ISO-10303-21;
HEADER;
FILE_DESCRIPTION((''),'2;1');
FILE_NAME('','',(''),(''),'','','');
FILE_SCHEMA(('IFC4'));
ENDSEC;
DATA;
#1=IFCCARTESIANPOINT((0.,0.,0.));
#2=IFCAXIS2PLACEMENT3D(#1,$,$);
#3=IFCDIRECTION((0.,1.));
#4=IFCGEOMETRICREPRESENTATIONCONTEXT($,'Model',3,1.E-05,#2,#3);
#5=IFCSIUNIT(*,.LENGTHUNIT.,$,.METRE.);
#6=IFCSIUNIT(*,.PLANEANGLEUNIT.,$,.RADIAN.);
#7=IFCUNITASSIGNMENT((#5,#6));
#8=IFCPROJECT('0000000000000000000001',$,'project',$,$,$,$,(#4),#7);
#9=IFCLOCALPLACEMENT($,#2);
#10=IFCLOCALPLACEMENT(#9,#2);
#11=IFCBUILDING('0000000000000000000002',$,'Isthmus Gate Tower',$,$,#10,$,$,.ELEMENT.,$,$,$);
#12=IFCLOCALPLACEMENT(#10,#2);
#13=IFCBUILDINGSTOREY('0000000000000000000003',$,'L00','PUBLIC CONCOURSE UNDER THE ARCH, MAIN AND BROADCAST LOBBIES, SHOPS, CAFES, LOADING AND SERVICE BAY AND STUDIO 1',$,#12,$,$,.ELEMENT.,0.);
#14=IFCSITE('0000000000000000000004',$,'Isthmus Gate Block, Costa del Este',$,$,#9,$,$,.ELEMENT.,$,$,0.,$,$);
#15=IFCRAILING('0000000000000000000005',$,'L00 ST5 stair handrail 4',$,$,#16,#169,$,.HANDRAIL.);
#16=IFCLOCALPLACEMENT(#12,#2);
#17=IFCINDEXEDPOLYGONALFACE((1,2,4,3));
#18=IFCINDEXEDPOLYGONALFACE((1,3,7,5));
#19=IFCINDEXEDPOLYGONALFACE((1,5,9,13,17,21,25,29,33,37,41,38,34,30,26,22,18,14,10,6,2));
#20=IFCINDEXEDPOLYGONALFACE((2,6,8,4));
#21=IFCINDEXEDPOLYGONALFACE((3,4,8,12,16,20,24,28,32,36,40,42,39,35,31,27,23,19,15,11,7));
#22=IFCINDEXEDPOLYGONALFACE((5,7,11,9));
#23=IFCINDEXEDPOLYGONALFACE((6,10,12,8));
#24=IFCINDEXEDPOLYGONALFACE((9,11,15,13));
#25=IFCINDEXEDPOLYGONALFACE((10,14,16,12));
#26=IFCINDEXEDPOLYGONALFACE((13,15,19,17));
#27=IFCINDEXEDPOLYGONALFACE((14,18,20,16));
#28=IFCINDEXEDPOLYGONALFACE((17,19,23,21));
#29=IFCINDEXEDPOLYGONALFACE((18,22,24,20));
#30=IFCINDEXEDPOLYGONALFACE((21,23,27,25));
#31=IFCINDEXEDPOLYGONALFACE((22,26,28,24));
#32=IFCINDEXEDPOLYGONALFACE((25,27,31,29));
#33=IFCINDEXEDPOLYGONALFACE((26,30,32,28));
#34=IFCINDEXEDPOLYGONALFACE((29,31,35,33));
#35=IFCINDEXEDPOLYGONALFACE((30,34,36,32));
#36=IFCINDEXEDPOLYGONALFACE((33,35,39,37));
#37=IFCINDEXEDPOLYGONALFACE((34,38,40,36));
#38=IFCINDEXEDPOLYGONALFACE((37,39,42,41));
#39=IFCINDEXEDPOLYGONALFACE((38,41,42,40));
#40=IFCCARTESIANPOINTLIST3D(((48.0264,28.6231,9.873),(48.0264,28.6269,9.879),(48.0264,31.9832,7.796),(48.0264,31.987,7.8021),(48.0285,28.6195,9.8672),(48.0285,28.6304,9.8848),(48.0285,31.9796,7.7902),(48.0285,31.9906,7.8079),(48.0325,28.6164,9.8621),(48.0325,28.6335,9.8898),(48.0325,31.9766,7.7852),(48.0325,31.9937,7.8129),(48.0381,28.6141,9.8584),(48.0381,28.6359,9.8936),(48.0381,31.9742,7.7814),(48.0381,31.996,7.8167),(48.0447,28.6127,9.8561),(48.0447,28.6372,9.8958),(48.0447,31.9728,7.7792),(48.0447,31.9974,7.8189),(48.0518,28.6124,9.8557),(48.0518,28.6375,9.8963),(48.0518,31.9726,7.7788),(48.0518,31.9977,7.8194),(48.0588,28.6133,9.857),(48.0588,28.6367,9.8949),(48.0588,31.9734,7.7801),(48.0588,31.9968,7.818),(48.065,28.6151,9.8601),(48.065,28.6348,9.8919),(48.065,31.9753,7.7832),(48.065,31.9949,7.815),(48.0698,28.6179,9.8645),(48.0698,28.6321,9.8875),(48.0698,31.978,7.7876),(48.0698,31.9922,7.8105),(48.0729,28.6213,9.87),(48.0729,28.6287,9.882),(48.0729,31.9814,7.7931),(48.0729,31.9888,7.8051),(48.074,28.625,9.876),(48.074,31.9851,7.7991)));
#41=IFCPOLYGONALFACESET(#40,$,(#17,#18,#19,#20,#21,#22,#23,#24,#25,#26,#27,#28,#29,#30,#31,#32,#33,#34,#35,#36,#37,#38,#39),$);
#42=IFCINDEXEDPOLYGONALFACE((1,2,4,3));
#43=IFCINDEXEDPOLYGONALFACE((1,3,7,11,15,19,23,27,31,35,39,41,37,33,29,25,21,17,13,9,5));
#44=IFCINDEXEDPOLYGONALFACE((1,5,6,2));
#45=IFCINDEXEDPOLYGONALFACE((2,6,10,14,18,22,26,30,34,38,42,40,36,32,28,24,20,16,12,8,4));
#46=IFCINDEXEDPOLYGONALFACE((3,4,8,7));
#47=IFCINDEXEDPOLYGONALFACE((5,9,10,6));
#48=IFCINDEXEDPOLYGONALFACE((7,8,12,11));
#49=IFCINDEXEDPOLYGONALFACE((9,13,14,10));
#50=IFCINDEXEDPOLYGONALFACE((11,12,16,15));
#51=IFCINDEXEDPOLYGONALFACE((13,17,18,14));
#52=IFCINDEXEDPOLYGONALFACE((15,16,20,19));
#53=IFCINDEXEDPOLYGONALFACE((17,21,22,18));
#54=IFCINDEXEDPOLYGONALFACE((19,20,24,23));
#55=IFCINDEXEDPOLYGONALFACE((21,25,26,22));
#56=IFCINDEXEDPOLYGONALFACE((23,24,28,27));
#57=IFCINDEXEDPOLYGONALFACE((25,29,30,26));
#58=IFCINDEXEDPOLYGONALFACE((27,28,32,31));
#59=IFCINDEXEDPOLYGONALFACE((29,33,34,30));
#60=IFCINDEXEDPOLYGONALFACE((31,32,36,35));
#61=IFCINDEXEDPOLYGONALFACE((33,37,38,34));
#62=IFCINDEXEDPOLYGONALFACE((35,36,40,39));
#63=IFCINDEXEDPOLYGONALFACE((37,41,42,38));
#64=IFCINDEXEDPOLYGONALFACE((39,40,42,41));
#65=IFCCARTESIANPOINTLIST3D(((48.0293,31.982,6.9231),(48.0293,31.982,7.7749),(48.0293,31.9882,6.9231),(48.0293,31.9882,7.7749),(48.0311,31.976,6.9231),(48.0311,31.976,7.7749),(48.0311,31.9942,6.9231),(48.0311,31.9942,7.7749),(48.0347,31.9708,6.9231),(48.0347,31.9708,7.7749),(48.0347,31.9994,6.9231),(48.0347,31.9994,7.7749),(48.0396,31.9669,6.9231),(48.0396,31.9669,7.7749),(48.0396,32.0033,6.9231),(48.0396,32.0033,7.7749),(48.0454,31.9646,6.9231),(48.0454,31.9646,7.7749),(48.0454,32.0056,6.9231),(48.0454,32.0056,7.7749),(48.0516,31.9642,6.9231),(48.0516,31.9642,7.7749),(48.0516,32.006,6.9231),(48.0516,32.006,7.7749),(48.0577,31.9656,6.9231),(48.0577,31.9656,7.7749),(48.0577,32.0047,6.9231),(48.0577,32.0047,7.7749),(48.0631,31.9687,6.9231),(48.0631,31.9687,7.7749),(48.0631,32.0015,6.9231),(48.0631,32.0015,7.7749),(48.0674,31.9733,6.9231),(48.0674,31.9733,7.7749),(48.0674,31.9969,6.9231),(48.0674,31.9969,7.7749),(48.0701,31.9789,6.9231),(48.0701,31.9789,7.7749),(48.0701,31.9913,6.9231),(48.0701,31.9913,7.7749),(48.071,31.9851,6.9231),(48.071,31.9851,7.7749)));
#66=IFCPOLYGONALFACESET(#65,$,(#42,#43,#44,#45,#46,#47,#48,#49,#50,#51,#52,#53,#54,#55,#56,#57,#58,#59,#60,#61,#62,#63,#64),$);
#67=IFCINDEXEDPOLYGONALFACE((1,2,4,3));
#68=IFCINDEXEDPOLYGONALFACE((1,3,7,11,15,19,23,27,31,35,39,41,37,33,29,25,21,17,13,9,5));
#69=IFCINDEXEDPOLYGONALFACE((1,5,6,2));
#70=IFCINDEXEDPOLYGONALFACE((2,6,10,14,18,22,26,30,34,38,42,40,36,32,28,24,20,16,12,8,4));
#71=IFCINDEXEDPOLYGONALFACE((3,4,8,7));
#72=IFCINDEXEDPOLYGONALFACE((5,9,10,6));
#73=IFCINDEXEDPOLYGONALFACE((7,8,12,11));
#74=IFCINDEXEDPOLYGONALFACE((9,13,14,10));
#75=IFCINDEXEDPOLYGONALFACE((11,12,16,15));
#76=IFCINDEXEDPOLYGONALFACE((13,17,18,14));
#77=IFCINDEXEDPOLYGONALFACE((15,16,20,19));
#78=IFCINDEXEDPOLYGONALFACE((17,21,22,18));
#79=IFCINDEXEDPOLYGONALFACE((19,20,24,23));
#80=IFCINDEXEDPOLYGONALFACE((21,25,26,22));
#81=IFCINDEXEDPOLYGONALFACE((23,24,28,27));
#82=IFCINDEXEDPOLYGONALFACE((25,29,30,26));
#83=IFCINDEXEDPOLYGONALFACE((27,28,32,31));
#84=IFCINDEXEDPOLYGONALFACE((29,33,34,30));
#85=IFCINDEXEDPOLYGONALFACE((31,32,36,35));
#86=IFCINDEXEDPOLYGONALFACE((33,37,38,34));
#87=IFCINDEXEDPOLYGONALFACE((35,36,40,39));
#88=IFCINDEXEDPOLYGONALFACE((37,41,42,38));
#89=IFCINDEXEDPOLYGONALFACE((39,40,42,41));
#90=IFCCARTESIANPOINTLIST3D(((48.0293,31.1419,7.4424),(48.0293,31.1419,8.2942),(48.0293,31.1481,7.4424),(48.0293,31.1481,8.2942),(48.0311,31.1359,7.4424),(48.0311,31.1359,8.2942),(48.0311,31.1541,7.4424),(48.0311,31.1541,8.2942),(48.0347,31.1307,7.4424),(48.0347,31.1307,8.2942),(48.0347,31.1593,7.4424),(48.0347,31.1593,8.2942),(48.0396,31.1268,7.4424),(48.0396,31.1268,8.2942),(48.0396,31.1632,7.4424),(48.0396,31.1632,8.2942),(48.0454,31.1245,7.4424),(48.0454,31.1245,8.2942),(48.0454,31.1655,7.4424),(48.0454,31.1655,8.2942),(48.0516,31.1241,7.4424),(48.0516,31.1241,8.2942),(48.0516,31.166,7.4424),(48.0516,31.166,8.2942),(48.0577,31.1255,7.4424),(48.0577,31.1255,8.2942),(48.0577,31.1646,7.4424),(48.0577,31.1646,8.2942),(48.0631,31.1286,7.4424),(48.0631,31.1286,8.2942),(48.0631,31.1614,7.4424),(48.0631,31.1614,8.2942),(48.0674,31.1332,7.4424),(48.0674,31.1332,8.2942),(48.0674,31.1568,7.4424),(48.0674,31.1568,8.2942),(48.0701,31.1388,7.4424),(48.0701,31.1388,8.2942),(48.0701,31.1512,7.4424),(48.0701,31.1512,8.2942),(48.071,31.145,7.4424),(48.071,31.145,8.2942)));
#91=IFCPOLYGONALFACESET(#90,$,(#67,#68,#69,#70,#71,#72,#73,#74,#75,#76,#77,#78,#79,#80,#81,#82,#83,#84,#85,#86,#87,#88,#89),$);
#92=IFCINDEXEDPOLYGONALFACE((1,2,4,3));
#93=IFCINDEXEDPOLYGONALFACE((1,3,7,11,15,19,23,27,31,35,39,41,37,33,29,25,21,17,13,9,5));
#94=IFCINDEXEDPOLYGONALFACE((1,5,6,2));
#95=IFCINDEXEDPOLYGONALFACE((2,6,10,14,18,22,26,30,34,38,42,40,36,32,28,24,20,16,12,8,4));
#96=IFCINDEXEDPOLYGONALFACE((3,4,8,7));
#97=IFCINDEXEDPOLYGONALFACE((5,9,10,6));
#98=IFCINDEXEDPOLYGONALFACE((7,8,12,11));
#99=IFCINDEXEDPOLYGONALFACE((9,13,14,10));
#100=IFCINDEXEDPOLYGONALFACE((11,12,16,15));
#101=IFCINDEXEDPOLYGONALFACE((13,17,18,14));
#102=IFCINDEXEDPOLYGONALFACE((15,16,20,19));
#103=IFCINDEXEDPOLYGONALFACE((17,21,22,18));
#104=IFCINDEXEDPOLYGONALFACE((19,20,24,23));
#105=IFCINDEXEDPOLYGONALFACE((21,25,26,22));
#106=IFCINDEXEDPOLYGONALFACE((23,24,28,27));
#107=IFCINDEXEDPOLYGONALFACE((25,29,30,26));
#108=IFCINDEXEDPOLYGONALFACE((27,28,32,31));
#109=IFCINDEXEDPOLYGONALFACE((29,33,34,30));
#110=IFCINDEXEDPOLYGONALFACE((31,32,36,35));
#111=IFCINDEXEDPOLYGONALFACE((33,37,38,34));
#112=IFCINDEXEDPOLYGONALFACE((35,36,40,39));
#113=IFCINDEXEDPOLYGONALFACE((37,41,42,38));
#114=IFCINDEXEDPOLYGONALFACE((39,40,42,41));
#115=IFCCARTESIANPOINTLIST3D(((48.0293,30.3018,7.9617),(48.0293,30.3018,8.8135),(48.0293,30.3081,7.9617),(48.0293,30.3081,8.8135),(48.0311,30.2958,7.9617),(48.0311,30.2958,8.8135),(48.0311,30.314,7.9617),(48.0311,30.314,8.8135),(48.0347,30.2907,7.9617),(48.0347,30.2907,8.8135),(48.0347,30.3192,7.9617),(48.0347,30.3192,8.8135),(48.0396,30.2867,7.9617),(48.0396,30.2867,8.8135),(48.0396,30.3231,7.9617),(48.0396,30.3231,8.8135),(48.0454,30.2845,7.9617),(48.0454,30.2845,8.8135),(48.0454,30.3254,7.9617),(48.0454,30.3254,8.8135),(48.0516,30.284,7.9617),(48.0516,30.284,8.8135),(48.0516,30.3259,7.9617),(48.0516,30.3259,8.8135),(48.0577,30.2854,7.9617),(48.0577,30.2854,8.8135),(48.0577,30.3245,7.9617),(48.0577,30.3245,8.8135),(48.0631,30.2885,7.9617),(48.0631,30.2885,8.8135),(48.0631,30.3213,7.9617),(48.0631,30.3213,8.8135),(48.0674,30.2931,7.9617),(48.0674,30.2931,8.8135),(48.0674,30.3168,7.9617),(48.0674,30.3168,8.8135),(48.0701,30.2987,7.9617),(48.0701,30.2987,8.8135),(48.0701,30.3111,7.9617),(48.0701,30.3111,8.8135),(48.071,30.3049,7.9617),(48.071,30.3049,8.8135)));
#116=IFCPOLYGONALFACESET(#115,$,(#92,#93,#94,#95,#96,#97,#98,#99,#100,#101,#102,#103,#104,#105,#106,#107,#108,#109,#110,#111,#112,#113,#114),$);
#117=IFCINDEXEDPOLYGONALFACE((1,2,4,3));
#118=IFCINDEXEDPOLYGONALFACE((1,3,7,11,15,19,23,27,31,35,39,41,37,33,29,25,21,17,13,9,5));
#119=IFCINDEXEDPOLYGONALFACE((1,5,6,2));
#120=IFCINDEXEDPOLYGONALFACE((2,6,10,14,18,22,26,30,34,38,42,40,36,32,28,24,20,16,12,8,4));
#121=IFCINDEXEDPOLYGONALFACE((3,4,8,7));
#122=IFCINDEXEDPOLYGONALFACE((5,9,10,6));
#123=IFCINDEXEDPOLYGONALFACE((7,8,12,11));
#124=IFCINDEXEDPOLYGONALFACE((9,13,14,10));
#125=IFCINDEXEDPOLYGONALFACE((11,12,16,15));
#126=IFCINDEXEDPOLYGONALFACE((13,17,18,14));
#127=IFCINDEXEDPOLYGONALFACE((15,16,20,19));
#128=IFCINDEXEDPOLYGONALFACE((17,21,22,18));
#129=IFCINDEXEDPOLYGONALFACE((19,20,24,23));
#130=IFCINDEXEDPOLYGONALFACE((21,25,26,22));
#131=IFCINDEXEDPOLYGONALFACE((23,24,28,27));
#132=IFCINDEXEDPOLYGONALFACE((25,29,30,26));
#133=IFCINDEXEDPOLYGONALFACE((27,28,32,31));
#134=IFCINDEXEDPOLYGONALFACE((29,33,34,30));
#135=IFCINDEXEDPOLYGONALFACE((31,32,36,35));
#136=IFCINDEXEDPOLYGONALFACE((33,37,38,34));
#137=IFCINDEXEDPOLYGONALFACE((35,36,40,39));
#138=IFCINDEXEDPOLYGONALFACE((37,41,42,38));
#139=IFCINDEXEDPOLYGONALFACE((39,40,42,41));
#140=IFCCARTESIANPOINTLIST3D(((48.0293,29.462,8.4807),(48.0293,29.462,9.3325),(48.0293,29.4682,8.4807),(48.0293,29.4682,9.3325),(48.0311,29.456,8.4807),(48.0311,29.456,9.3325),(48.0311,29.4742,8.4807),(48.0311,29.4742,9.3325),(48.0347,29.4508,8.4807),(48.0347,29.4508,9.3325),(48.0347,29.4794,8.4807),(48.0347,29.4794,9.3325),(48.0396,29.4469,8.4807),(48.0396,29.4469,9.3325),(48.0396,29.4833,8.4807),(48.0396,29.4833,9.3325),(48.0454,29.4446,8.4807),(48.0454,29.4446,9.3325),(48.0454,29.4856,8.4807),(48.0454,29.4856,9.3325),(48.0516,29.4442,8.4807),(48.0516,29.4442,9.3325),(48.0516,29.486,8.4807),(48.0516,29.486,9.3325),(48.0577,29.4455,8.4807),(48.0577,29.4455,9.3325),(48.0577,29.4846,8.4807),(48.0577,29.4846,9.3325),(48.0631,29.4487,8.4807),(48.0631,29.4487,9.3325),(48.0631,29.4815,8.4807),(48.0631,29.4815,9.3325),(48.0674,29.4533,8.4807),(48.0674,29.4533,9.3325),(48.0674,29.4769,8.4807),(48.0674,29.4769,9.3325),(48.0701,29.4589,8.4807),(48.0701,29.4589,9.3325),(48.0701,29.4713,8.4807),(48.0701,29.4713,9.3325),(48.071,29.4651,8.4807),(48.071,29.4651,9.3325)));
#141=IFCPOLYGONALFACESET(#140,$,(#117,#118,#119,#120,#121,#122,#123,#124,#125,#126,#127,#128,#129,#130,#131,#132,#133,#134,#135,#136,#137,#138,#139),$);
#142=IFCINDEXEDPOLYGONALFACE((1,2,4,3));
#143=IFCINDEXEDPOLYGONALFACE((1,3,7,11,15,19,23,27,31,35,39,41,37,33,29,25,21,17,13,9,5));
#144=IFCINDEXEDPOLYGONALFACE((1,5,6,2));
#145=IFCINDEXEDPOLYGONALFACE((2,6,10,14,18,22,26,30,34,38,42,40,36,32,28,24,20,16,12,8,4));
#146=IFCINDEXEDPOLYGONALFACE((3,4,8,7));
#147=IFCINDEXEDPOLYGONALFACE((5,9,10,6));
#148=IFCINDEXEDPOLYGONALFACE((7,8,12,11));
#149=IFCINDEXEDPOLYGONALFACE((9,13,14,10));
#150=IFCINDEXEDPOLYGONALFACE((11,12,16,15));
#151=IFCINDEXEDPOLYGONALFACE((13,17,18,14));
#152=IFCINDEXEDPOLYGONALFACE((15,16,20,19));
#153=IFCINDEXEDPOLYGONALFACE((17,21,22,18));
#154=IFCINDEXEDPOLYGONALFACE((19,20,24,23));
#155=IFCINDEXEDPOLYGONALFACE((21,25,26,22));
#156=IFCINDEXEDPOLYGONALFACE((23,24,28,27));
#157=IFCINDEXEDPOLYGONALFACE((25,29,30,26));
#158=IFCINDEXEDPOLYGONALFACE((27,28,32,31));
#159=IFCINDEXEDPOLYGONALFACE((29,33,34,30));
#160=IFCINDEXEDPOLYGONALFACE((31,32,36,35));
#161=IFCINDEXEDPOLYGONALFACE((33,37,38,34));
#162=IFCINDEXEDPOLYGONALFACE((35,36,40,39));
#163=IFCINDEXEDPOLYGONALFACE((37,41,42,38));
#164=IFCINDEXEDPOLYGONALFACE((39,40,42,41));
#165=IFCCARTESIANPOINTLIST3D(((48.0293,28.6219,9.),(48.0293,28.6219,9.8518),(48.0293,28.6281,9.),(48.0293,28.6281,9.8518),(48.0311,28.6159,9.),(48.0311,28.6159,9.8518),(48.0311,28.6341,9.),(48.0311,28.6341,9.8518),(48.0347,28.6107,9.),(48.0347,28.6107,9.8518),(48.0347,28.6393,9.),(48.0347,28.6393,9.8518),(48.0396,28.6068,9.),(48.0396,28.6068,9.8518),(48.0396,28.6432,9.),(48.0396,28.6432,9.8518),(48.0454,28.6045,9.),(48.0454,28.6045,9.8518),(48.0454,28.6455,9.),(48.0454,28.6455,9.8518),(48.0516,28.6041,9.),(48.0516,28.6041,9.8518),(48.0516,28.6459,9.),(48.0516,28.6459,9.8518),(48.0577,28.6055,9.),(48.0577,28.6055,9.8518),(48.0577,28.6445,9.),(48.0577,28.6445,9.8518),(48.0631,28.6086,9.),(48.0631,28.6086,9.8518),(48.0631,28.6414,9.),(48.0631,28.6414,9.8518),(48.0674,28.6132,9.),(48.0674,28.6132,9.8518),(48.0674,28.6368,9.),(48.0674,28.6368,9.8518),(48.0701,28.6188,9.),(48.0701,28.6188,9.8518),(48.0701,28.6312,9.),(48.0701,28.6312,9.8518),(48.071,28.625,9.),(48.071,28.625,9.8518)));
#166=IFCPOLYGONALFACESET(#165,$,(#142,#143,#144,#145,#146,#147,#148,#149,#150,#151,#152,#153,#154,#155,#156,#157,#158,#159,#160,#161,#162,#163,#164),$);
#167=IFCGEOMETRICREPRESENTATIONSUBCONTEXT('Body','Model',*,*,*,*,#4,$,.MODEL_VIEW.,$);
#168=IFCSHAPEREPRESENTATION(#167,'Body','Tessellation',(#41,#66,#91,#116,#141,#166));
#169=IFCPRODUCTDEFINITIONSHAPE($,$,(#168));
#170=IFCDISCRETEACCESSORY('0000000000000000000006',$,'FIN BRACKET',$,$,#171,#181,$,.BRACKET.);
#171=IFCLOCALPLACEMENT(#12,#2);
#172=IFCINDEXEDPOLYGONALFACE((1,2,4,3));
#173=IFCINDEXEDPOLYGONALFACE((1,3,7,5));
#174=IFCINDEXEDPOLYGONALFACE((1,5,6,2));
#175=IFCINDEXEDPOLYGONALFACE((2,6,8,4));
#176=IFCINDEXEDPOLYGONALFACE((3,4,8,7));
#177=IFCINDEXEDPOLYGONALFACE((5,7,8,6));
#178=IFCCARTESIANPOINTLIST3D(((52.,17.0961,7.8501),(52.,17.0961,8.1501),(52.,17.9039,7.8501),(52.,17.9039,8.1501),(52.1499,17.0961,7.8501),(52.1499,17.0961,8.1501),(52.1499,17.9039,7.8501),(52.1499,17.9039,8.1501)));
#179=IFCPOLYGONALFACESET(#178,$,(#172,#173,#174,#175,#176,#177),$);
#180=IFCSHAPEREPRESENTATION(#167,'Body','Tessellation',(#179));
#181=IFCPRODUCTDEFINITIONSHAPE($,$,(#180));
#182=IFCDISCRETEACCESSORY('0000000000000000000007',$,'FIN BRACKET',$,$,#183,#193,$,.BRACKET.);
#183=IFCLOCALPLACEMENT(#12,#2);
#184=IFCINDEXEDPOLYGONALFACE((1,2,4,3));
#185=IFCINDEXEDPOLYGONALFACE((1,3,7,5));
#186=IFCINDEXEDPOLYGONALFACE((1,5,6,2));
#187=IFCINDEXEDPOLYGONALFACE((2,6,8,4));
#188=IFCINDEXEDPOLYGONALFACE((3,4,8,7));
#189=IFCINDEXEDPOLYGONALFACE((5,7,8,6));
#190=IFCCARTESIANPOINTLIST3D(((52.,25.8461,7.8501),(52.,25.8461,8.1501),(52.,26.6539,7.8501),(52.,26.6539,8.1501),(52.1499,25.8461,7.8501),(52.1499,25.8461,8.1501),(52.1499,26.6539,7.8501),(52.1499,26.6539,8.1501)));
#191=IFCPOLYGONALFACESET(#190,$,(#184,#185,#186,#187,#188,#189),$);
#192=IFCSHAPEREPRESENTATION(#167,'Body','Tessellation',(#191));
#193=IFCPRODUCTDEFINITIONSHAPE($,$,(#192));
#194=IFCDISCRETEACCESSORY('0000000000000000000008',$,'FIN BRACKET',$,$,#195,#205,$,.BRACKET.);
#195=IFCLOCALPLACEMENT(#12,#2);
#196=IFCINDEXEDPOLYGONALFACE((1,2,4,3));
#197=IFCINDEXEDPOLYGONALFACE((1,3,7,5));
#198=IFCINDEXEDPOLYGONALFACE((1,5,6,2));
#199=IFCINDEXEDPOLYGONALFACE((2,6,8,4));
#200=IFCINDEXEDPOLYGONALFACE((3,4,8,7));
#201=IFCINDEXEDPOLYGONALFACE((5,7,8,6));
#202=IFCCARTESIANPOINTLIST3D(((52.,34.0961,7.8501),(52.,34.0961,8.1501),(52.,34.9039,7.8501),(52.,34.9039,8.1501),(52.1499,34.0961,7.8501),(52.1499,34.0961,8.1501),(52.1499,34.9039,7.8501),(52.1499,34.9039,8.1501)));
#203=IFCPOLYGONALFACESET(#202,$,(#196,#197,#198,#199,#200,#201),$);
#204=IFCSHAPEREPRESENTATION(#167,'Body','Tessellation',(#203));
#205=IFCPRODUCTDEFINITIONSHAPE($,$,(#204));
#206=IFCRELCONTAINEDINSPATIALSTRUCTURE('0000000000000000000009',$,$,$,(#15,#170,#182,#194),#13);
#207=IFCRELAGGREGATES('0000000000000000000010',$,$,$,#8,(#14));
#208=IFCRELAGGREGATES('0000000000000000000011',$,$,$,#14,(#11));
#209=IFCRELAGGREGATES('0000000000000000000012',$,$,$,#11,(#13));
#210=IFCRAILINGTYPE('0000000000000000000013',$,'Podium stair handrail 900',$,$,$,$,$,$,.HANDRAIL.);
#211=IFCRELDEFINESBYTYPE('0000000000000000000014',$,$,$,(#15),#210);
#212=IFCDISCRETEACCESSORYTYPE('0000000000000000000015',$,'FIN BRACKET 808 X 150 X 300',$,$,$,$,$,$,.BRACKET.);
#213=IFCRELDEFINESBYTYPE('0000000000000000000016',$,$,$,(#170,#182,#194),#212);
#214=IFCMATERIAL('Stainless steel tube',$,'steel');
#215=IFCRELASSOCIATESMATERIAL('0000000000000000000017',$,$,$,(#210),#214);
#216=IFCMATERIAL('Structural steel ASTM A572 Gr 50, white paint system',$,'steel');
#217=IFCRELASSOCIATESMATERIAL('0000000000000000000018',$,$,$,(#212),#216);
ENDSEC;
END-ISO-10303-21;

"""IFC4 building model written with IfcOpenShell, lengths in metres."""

from ifc_helpers import new_model, si_unit, direction, frame, origin, origin_2d, place, context, subcontext, project, spatial, rectangle, circle, extrude, material, type_object, element, save


model = new_model("IFC4")

# Units and contexts
model_context = context("Model", 3, precision=1e-05, world=origin(), true_north=direction((0.0, 1.0)))
body_context = subcontext(model_context, "Body", "Model", "MODEL_VIEW")
ifc_project = project(units=[si_unit("LENGTHUNIT", "METRE"), si_unit("PLANEANGLEUNIT", "RADIAN")], contexts=[model_context])

# Site, building, storey
site_placement = place(None, origin())
site = spatial("IfcSite", under=ifc_project, at=site_placement, Name="Isthmus Gate Block, Costa del Este", CompositionType="ELEMENT", RefElevation=0.0)
building_placement = place(site_placement, origin())
building = spatial("IfcBuilding", under=site, at=building_placement, Name="Isthmus Gate Tower", CompositionType="ELEMENT")
storey_placement = place(building_placement, origin())
storey = spatial("IfcBuildingStorey", under=building, at=storey_placement, Name="L00", Description="PUBLIC CONCOURSE UNDER THE ARCH, MAIN AND BROADCAST LOBBIES, SHOPS, CAFES, LOADING AND SERVICE BAY AND STUDIO 1", CompositionType="ELEMENT", Elevation=0.0)

# Railing
ifc_material_1 = material(Name="Stainless steel tube", Category="steel")
railing_type_1 = type_object("IfcRailingType", Name="Podium stair handrail 900", PredefinedType="HANDRAIL", material=ifc_material_1)
railing_1_placement = place(storey_placement, frame((48.05, 31.9851, 6.9231)))
element("IfcRailing", 1, at=railing_1_placement, inside=storey, type_object=railing_type_1, Name="L00 ST5 stair handrail 4", PredefinedType="HANDRAIL", context=body_context, shape_type="SweptSolid", body=[
    extrude(circle(Radius=0.0239, at=origin_2d()), frame((0.0, 0.0, 0.876), z_axis=(0.0, -0.850623, 0.525776), x_axis=(1.0, 0.0, 0.0)), (0.0, 0.0, 1.0), 3.9502),
    extrude(circle(Radius=0.021, at=origin_2d()), origin(), (0.0, 0.0, 1.0), 0.8518),
    extrude(circle(Radius=0.021, at=origin_2d()), frame((0.0, -0.8401, 0.5193)), (0.0, 0.0, 1.0), 0.8518),
    extrude(circle(Radius=0.021, at=origin_2d()), frame((0.0, -1.6802, 1.0386)), (0.0, 0.0, 1.0), 0.8518),
    extrude(circle(Radius=0.021, at=origin_2d()), frame((0.0, -2.52, 1.5576)), (0.0, 0.0, 1.0), 0.8518),
    extrude(circle(Radius=0.021, at=origin_2d()), frame((0.0, -3.3601, 2.0769)), (0.0, 0.0, 1.0), 0.8518),
])

# Discrete accessories
ifc_material_2 = material(Name="Structural steel ASTM A572 Gr 50, white paint system", Category="steel")
discrete_accessory_type = type_object("IfcDiscreteAccessoryType", Name="FIN BRACKET 808 X 150 X 300", PredefinedType="BRACKET", material=ifc_material_2)
for number, where, z_axis, x_axis, name in (
    (2, (52.075, 17.5, 7.8501), (0.0, 0.0, 1.0), (1.0, 0.0, 0.0), "FIN BRACKET"),
    (3, (52.075, 26.25, 7.8501), (0.0, 0.0, 1.0), (1.0, 0.0, 0.0), "FIN BRACKET"),
    (4, (52.075, 34.5, 7.8501), (0.0, 0.0, 1.0), (1.0, 0.0, 0.0), "FIN BRACKET"),
):
    element("IfcDiscreteAccessory", number, at=place(storey_placement, frame(where, z_axis=z_axis, x_axis=x_axis)), inside=storey, type_object=discrete_accessory_type, Name=name, PredefinedType="BRACKET", context=body_context, shape_type="SweptSolid", body=[
        extrude(rectangle(XDim=0.1499, YDim=0.8079, at=origin_2d()), origin(), (0.0, 0.0, 1.0), 0.3),
    ])

save(model, "model.ifc")
